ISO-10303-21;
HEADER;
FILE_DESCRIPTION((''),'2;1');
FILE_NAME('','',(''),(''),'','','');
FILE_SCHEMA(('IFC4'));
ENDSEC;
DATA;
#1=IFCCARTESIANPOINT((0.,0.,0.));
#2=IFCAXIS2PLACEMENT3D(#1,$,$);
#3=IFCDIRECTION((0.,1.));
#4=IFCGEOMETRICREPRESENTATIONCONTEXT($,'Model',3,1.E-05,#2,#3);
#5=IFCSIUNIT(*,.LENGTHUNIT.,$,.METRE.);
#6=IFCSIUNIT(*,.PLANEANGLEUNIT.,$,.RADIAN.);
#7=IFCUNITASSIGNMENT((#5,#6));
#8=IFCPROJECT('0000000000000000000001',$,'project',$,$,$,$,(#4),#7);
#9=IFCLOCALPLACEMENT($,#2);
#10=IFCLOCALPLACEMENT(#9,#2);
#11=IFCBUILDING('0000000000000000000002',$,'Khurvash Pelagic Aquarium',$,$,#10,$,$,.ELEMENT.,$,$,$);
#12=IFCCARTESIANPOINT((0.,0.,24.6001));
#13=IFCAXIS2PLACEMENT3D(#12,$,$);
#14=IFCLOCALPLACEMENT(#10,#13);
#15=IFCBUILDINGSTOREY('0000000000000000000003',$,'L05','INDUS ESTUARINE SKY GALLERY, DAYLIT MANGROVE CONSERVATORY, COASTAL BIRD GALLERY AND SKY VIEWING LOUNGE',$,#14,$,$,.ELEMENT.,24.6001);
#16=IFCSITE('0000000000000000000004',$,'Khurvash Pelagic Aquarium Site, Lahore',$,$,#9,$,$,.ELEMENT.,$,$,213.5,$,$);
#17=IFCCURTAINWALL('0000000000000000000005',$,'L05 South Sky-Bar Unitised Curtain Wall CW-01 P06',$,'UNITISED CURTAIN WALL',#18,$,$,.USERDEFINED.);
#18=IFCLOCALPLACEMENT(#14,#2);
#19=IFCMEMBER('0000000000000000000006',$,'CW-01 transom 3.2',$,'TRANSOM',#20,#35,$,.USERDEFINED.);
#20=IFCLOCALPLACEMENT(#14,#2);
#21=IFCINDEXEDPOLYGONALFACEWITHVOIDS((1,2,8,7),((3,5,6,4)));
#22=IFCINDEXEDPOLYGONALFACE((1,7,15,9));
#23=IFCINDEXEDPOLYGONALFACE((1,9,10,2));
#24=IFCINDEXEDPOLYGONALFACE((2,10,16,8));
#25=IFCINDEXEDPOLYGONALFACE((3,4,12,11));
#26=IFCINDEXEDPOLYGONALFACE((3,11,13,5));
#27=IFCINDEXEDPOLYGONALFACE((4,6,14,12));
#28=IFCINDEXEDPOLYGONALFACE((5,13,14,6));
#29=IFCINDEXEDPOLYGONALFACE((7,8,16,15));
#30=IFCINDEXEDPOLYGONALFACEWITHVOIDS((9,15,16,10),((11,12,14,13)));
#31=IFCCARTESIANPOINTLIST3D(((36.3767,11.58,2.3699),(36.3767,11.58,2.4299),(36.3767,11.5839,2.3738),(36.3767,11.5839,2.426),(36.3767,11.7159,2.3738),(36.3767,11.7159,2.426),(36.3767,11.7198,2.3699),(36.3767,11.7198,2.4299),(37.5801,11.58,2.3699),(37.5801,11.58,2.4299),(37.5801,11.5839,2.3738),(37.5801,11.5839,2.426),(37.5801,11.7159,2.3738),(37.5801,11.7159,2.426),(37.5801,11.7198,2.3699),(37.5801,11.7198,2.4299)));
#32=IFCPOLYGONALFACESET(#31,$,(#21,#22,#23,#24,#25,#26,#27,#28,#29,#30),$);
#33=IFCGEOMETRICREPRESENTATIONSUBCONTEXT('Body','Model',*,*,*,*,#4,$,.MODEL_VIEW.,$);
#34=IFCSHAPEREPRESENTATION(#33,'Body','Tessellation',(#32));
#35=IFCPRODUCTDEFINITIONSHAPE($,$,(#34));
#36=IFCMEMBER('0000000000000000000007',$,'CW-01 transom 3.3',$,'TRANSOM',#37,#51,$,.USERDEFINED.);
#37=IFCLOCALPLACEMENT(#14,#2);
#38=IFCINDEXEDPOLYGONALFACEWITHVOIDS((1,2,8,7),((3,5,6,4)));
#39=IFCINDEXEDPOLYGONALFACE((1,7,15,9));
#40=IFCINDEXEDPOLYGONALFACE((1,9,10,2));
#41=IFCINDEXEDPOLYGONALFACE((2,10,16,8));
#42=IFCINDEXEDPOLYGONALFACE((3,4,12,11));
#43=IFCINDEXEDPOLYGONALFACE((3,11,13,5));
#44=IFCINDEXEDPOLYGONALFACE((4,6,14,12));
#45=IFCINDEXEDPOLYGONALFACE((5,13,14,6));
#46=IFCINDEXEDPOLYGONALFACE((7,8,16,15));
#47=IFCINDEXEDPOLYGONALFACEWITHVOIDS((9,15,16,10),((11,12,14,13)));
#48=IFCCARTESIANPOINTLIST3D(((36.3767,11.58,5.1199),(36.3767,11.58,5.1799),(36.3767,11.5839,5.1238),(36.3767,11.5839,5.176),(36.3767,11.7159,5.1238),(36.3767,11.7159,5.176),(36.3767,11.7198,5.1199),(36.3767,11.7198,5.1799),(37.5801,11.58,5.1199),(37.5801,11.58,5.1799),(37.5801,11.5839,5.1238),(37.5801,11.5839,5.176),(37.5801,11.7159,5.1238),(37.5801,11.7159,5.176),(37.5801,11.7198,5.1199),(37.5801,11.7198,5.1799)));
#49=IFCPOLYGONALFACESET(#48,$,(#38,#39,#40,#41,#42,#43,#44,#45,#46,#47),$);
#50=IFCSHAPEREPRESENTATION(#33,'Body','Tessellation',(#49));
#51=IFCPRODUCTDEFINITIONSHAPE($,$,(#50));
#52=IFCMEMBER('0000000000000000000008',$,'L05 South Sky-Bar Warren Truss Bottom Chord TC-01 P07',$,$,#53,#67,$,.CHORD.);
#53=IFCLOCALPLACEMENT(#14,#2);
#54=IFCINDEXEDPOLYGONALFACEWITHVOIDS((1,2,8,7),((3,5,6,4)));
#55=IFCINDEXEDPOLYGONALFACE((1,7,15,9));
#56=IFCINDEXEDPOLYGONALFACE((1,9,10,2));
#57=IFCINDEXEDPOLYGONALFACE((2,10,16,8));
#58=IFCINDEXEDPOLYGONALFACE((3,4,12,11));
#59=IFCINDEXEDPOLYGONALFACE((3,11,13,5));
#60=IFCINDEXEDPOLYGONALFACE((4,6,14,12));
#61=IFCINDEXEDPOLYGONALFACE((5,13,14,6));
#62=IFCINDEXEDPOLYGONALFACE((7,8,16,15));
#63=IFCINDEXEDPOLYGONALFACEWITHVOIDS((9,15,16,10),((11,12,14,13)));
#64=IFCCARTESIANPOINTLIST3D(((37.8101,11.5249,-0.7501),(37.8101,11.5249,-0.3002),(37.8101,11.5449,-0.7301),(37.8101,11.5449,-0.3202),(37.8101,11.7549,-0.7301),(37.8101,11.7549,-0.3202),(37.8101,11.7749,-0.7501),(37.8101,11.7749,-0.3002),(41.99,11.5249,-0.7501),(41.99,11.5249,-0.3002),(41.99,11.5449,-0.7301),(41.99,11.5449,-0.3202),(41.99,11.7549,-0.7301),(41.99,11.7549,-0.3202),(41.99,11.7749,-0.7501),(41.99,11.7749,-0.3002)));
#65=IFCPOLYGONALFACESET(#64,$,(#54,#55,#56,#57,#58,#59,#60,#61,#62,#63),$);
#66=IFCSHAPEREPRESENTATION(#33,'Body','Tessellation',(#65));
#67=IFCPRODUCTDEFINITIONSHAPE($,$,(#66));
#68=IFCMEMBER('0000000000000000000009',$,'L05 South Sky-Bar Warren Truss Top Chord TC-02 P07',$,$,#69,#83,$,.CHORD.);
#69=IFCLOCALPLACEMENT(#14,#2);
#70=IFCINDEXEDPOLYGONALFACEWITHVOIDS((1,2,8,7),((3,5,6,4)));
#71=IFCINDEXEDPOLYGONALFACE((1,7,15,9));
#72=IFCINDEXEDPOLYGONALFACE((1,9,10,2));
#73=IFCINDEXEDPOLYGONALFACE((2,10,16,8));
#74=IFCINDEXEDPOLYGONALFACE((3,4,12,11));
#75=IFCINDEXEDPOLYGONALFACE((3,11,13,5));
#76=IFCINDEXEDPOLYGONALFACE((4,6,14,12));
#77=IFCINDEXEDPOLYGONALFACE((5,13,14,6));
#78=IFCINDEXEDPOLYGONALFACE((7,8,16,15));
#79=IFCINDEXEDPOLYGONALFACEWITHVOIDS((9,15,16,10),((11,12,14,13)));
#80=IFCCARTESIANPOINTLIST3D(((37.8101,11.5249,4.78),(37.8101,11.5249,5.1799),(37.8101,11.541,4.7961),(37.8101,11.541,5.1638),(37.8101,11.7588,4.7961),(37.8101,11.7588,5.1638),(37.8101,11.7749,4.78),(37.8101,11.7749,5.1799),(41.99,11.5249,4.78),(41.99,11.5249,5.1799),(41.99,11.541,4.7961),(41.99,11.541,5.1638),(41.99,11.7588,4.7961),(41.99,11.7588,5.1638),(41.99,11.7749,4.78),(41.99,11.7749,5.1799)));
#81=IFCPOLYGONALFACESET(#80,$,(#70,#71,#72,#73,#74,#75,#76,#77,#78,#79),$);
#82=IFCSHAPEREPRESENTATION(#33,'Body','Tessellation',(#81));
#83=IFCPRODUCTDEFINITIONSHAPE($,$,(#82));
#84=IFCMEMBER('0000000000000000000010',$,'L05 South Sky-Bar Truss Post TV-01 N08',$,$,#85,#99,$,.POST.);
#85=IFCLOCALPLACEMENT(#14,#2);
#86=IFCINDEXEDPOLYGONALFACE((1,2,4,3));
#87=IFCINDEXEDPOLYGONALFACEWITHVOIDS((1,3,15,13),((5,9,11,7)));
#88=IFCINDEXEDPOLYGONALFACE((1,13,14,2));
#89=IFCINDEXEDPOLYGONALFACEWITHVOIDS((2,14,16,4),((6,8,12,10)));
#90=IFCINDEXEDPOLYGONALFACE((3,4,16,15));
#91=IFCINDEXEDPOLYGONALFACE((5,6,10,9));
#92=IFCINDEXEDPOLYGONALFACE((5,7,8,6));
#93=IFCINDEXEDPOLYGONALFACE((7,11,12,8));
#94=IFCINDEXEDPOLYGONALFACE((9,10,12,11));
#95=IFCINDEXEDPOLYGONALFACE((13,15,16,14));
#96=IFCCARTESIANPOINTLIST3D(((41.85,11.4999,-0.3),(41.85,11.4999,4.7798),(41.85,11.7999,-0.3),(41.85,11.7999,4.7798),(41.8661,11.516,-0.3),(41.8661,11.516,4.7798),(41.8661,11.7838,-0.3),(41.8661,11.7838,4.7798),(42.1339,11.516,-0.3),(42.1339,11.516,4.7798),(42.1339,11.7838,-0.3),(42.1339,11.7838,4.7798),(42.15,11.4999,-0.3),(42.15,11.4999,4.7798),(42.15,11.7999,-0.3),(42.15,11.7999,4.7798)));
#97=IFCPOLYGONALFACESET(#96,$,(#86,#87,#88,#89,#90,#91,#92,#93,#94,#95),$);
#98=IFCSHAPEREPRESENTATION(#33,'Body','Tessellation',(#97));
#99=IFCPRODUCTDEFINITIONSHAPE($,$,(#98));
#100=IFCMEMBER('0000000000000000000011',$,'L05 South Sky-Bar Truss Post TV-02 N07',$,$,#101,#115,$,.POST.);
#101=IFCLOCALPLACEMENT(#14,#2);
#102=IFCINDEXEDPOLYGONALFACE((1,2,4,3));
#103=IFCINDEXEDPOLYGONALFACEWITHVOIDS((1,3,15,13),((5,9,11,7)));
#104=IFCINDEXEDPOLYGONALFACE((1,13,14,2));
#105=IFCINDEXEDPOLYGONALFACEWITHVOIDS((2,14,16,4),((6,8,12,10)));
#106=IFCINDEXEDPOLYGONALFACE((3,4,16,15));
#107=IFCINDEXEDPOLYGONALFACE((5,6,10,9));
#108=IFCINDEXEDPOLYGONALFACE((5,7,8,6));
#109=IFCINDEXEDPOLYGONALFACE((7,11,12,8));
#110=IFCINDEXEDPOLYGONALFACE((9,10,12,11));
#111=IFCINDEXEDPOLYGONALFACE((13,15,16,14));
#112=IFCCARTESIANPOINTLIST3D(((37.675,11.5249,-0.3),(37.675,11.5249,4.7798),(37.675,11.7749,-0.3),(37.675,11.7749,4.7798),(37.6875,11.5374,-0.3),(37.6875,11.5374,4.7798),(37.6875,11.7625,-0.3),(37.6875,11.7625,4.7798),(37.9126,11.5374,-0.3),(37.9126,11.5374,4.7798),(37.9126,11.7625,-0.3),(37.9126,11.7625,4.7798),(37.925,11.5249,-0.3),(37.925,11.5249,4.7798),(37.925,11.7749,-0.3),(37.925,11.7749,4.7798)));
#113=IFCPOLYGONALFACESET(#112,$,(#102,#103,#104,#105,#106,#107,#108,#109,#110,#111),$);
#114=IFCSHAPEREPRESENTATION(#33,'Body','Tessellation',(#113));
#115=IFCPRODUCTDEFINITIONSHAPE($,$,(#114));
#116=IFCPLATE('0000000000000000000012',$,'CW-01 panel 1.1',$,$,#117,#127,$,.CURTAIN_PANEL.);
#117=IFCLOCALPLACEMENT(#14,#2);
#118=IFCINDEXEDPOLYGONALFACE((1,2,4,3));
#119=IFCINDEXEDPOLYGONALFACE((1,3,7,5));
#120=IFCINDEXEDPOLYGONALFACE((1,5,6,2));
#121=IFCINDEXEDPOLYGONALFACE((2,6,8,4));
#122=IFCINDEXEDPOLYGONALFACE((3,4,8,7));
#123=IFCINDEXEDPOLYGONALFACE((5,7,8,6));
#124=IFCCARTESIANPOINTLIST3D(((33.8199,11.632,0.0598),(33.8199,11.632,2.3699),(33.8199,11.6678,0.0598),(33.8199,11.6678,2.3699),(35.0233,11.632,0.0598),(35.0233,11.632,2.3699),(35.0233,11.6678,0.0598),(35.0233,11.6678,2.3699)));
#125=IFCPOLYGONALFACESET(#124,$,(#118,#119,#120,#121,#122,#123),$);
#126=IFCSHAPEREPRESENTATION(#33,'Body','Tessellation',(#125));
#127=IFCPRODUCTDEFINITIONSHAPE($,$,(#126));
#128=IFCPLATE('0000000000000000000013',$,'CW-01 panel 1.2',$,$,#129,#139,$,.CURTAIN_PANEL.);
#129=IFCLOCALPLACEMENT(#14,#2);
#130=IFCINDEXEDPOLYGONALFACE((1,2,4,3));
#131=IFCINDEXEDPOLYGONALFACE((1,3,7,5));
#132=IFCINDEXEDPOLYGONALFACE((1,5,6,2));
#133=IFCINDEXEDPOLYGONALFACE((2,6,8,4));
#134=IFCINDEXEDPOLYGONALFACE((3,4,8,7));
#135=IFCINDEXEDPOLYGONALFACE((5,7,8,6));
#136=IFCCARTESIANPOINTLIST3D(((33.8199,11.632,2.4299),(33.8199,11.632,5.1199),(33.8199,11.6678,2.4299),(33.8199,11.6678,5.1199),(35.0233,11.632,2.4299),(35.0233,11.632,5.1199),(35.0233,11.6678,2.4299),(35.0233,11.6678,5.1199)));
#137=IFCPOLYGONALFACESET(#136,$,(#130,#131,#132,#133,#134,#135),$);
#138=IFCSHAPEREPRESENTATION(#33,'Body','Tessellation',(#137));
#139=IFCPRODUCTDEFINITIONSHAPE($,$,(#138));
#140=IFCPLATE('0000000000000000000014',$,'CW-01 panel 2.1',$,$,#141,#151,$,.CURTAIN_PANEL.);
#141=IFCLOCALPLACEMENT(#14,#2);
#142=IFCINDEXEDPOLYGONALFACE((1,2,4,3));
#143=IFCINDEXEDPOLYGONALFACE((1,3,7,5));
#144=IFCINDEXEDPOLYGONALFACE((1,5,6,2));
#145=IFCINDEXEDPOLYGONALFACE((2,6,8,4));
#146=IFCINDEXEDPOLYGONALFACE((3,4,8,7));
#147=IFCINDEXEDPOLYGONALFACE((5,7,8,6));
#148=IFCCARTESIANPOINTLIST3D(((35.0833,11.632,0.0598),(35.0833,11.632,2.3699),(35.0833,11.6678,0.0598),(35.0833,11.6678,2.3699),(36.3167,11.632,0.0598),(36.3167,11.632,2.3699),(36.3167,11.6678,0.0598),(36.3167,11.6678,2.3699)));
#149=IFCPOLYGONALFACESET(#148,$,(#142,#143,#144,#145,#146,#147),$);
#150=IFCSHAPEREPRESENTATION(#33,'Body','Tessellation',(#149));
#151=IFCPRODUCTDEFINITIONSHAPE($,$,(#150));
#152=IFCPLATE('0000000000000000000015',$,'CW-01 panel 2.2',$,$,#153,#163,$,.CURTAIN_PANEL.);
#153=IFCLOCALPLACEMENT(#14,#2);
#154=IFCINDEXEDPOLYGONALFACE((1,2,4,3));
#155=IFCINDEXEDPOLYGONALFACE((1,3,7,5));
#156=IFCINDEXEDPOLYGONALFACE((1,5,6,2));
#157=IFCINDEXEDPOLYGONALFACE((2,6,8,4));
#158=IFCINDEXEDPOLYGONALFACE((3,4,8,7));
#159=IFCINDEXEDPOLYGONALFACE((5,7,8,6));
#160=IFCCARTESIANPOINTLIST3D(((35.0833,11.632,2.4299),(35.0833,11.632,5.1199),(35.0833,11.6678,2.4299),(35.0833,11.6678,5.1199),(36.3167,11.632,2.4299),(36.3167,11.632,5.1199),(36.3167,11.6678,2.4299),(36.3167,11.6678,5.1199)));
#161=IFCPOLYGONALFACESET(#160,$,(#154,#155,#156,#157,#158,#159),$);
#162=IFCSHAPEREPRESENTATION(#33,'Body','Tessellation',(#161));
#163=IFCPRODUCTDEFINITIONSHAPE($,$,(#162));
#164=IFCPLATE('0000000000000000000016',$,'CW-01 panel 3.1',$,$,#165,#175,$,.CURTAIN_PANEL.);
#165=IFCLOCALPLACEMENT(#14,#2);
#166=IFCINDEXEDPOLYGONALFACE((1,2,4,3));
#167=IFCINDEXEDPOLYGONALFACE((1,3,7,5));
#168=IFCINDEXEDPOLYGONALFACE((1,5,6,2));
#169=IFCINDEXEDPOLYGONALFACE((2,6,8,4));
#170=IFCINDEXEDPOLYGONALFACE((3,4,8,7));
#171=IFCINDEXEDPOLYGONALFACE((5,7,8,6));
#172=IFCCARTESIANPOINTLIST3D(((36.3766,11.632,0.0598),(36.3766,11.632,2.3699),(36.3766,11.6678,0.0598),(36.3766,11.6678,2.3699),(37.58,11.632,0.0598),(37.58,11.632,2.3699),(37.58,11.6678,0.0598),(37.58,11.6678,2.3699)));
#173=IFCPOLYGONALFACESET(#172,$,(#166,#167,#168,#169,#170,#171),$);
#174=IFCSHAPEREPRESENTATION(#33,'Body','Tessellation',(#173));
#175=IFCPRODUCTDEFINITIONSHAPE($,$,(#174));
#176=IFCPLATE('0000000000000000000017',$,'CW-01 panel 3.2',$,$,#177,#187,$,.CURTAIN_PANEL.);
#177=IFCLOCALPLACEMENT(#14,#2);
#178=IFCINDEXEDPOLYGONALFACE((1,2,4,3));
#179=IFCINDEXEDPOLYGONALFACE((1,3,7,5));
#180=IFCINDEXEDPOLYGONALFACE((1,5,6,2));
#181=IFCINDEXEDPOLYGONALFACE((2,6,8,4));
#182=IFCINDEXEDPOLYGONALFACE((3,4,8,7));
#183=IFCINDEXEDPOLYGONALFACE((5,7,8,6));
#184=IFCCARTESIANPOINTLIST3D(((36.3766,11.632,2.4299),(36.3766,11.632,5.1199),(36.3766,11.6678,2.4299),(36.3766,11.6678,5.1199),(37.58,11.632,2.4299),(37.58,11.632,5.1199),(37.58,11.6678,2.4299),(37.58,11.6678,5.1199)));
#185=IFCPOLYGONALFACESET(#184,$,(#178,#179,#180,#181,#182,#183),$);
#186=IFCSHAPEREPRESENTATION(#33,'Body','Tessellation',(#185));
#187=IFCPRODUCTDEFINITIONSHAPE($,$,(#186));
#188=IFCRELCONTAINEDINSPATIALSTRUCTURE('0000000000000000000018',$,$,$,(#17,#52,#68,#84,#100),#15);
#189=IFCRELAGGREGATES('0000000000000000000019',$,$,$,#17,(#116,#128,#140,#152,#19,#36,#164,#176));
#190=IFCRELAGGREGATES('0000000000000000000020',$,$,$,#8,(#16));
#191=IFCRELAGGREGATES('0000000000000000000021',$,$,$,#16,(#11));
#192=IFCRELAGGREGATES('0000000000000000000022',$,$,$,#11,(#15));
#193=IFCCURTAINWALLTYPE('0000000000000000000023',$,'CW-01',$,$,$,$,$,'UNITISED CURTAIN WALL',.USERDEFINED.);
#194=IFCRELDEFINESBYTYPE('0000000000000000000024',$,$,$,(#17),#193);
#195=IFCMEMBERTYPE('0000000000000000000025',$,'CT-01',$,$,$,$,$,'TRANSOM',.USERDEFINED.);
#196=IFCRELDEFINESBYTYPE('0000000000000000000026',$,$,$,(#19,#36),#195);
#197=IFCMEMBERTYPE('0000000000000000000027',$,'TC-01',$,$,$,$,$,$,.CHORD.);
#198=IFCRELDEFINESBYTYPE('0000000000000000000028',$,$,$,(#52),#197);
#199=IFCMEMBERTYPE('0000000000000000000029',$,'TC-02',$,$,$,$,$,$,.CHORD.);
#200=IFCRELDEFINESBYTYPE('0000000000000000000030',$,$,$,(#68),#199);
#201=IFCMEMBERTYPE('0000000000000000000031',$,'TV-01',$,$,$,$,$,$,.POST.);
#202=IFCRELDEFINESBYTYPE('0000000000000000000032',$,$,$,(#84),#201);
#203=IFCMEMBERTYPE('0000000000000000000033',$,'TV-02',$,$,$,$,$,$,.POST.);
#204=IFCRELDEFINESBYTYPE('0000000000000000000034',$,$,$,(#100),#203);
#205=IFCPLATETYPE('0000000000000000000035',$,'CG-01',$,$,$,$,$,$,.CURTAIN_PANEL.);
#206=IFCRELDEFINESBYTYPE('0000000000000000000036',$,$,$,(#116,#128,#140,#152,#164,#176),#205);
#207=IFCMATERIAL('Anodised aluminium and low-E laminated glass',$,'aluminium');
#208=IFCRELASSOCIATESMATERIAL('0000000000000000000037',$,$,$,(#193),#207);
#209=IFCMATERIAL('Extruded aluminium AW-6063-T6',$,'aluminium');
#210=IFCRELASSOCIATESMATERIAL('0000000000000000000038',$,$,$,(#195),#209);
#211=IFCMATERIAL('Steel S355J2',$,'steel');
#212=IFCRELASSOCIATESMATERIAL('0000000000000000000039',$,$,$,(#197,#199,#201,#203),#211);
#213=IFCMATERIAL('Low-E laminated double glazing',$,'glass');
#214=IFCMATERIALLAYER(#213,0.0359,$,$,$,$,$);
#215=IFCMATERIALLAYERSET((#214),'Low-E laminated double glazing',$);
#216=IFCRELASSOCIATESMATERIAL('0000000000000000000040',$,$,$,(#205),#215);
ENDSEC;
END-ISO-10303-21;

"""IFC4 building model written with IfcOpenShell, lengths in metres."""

from ifc_helpers import new_model, si_unit, direction, frame, origin, origin_2d, place, context, subcontext, project, spatial, rectangle, hollow_rectangle, extrude, material, layer, layer_set, material_profile, profile_set, type_object, element, aggregate, save


model = new_model("IFC4")

# Units and contexts
model_context = context("Model", 3, precision=1e-05, world=origin(), true_north=direction((0.0, 1.0)))
body_context = subcontext(model_context, "Body", "Model", "MODEL_VIEW")
ifc_project = project(units=[si_unit("LENGTHUNIT", "METRE"), si_unit("PLANEANGLEUNIT", "RADIAN")], contexts=[model_context])

# Site, building, storey
site_placement = place(None, origin())
site = spatial("IfcSite", under=ifc_project, at=site_placement, Name="Khurvash Pelagic Aquarium Site, Lahore", CompositionType="ELEMENT", RefElevation=213.5)
building_placement = place(site_placement, origin())
building = spatial("IfcBuilding", under=site, at=building_placement, Name="Khurvash Pelagic Aquarium", CompositionType="ELEMENT")
storey_placement = place(building_placement, frame((0.0, 0.0, 24.6001)))
storey = spatial("IfcBuildingStorey", under=building, at=storey_placement, Name="L05", Description="INDUS ESTUARINE SKY GALLERY, DAYLIT MANGROVE CONSERVATORY, COASTAL BIRD GALLERY AND SKY VIEWING LOUNGE", CompositionType="ELEMENT", Elevation=24.6001)

# Curtain wall, members
ifc_material_1 = material(Name="Anodised aluminium and low-E laminated glass", Category="aluminium")
curtain_wall_type = type_object("IfcCurtainWallType", Name="CW-01", ElementType="UNITISED CURTAIN WALL", PredefinedType="USERDEFINED", material=ifc_material_1)
curtain_wall_placement = place(storey_placement, origin())
curtain_wall = element("IfcCurtainWall", 1, at=curtain_wall_placement, inside=storey, type_object=curtain_wall_type, Name="L05 South Sky-Bar Unitised Curtain Wall CW-01 P06", ObjectType="UNITISED CURTAIN WALL", PredefinedType="USERDEFINED")
ifc_material_2 = material(Name="Extruded aluminium AW-6063-T6", Category="aluminium")
ifc_material_profile_1 = material_profile(ifc_material_2, hollow_rectangle(XDim=0.1399, YDim=0.0601, WallThickness=0.0039, at=origin_2d()), Name="CWT140X60X4")
ifc_profile_set_1 = profile_set([ifc_material_profile_1], Name="Extruded aluminium AW-6063-T6")
member_type_1 = type_object("IfcMemberType", Name="CT-01", ElementType="TRANSOM", PredefinedType="USERDEFINED", material=ifc_profile_set_1)
member_1_placement = place(storey_placement, frame((36.3767, 11.6499, 2.3999), z_axis=(1.0, 0.0, 0.0), x_axis=(0.0, 1.0, 0.0)))
member_1 = element("IfcMember", 2, at=member_1_placement, type_object=member_type_1, Name="CW-01 transom 3.2", ObjectType="TRANSOM", PredefinedType="USERDEFINED", context=body_context, shape_type="SweptSolid", body=[
    extrude(hollow_rectangle(XDim=0.1399, YDim=0.0601, WallThickness=0.0039, at=origin_2d()), origin(), (0.0, 0.0, 1.0), 1.2034),
])
member_2_placement = place(storey_placement, frame((36.3767, 11.6499, 5.1499), z_axis=(1.0, 0.0, 0.0), x_axis=(0.0, 1.0, 0.0)))
member_2 = element("IfcMember", 3, at=member_2_placement, type_object=member_type_1, Name="CW-01 transom 3.3", ObjectType="TRANSOM", PredefinedType="USERDEFINED", context=body_context, shape_type="SweptSolid", body=[
    extrude(hollow_rectangle(XDim=0.1399, YDim=0.0601, WallThickness=0.0039, at=origin_2d()), origin(), (0.0, 0.0, 1.0), 1.2034),
])

# Members
ifc_material_3 = material(Name="Steel S355J2", Category="steel")
ifc_material_profile_2 = material_profile(ifc_material_3, hollow_rectangle(XDim=0.25, YDim=0.45, WallThickness=0.02, at=origin_2d()), Name="RHS450X250X20")
ifc_profile_set_2 = profile_set([ifc_material_profile_2], Name="Steel S355J2")
member_type_2 = type_object("IfcMemberType", Name="TC-01", PredefinedType="CHORD", material=ifc_profile_set_2)
member_3_placement = place(storey_placement, frame((37.8101, 11.6499, -0.5251), z_axis=(1.0, 0.0, 0.0), x_axis=(0.0, 1.0, 0.0)))
element("IfcMember", 4, at=member_3_placement, inside=storey, type_object=member_type_2, Name="L05 South Sky-Bar Warren Truss Bottom Chord TC-01 P07", PredefinedType="CHORD", context=body_context, shape_type="SweptSolid", body=[
    extrude(hollow_rectangle(XDim=0.25, YDim=0.45, WallThickness=0.02, at=origin_2d()), origin(), (0.0, 0.0, 1.0), 4.1799),
])
ifc_material_profile_3 = material_profile(ifc_material_3, hollow_rectangle(XDim=0.25, YDim=0.3999, WallThickness=0.0161, at=origin_2d()), Name="RHS400X250X16")
ifc_profile_set_3 = profile_set([ifc_material_profile_3], Name="Steel S355J2")
member_type_3 = type_object("IfcMemberType", Name="TC-02", PredefinedType="CHORD", material=ifc_profile_set_3)
member_4_placement = place(storey_placement, frame((37.8101, 11.6499, 4.98), z_axis=(1.0, 0.0, 0.0), x_axis=(0.0, 1.0, 0.0)))
element("IfcMember", 5, at=member_4_placement, inside=storey, type_object=member_type_3, Name="L05 South Sky-Bar Warren Truss Top Chord TC-02 P07", PredefinedType="CHORD", context=body_context, shape_type="SweptSolid", body=[
    extrude(hollow_rectangle(XDim=0.25, YDim=0.3999, WallThickness=0.0161, at=origin_2d()), origin(), (0.0, 0.0, 1.0), 4.1799),
])
ifc_material_profile_4 = material_profile(ifc_material_3, hollow_rectangle(XDim=0.3, YDim=0.3, WallThickness=0.0161, at=origin_2d()), Name="SHS300X300X16")
ifc_profile_set_4 = profile_set([ifc_material_profile_4], Name="Steel S355J2")
member_type_4 = type_object("IfcMemberType", Name="TV-01", PredefinedType="POST", material=ifc_profile_set_4)
member_5_placement = place(storey_placement, frame((42.0, 11.6499, -0.3), z_axis=(0.0, 0.0, 1.0), x_axis=(1.0, 0.0, 0.0)))
element("IfcMember", 6, at=member_5_placement, inside=storey, type_object=member_type_4, Name="L05 South Sky-Bar Truss Post TV-01 N08", PredefinedType="POST", context=body_context, shape_type="SweptSolid", body=[
    extrude(hollow_rectangle(XDim=0.3, YDim=0.3, WallThickness=0.0161, at=origin_2d()), origin(), (0.0, 0.0, 1.0), 5.0798),
])
ifc_material_profile_5 = material_profile(ifc_material_3, hollow_rectangle(XDim=0.25, YDim=0.25, WallThickness=0.0125, at=origin_2d()), Name="SHS250X250X12")
ifc_profile_set_5 = profile_set([ifc_material_profile_5], Name="Steel S355J2")
member_type_5 = type_object("IfcMemberType", Name="TV-02", PredefinedType="POST", material=ifc_profile_set_5)
member_6_placement = place(storey_placement, frame((37.8, 11.6499, -0.3), z_axis=(0.0, 0.0, 1.0), x_axis=(1.0, 0.0, 0.0)))
element("IfcMember", 7, at=member_6_placement, inside=storey, type_object=member_type_5, Name="L05 South Sky-Bar Truss Post TV-02 N07", PredefinedType="POST", context=body_context, shape_type="SweptSolid", body=[
    extrude(hollow_rectangle(XDim=0.25, YDim=0.25, WallThickness=0.0125, at=origin_2d()), origin(), (0.0, 0.0, 1.0), 5.0798),
])

# Plates
ifc_material_4 = material(Name="Low-E laminated double glazing", Category="glass")
ifc_layer_1 = layer(ifc_material_4, 0.0359)
ifc_layer_set_1 = layer_set([ifc_layer_1], Name="Low-E laminated double glazing")
plate_type = type_object("IfcPlateType", Name="CG-01", PredefinedType="CURTAIN_PANEL", material=ifc_layer_set_1)
plate_1_placement = place(storey_placement, frame((34.4216, 11.6499, 0.0598), z_axis=(0.0, 0.0, 1.0), x_axis=(1.0, 0.0, 0.0)))
plate_1 = element("IfcPlate", 8, at=plate_1_placement, type_object=plate_type, Name="CW-01 panel 1.1", PredefinedType="CURTAIN_PANEL", context=body_context, shape_type="SweptSolid", body=[
    extrude(rectangle(XDim=1.2034, YDim=0.0359, at=origin_2d()), origin(), (0.0, 0.0, 1.0), 2.3101),
])
plate_2_placement = place(storey_placement, frame((34.4216, 11.6499, 2.4299), z_axis=(0.0, 0.0, 1.0), x_axis=(1.0, 0.0, 0.0)))
plate_2 = element("IfcPlate", 9, at=plate_2_placement, type_object=plate_type, Name="CW-01 panel 1.2", PredefinedType="CURTAIN_PANEL", context=body_context, shape_type="SweptSolid", body=[
    extrude(rectangle(XDim=1.2034, YDim=0.0359, at=origin_2d()), origin(), (0.0, 0.0, 1.0), 2.6899),
])
plate_3_placement = place(storey_placement, frame((35.7, 11.6499, 0.0598), z_axis=(0.0, 0.0, 1.0), x_axis=(1.0, 0.0, 0.0)))
plate_3 = element("IfcPlate", 10, at=plate_3_placement, type_object=plate_type, Name="CW-01 panel 2.1", PredefinedType="CURTAIN_PANEL", context=body_context, shape_type="SweptSolid", body=[
    extrude(rectangle(XDim=1.2334, YDim=0.0359, at=origin_2d()), origin(), (0.0, 0.0, 1.0), 2.3101),
])
plate_4_placement = place(storey_placement, frame((35.7, 11.6499, 2.4299), z_axis=(0.0, 0.0, 1.0), x_axis=(1.0, 0.0, 0.0)))
plate_4 = element("IfcPlate", 11, at=plate_4_placement, type_object=plate_type, Name="CW-01 panel 2.2", PredefinedType="CURTAIN_PANEL", context=body_context, shape_type="SweptSolid", body=[
    extrude(rectangle(XDim=1.2334, YDim=0.0359, at=origin_2d()), origin(), (0.0, 0.0, 1.0), 2.6899),
])
plate_5_placement = place(storey_placement, frame((36.9783, 11.6499, 0.0598), z_axis=(0.0, 0.0, 1.0), x_axis=(1.0, 0.0, 0.0)))
plate_5 = element("IfcPlate", 12, at=plate_5_placement, type_object=plate_type, Name="CW-01 panel 3.1", PredefinedType="CURTAIN_PANEL", context=body_context, shape_type="SweptSolid", body=[
    extrude(rectangle(XDim=1.2034, YDim=0.0359, at=origin_2d()), origin(), (0.0, 0.0, 1.0), 2.3101),
])
plate_6_placement = place(storey_placement, frame((36.9783, 11.6499, 2.4299), z_axis=(0.0, 0.0, 1.0), x_axis=(1.0, 0.0, 0.0)))
plate_6 = element("IfcPlate", 13, at=plate_6_placement, type_object=plate_type, Name="CW-01 panel 3.2", PredefinedType="CURTAIN_PANEL", context=body_context, shape_type="SweptSolid", body=[
    extrude(rectangle(XDim=1.2034, YDim=0.0359, at=origin_2d()), origin(), (0.0, 0.0, 1.0), 2.6899),
])
aggregate(curtain_wall, [plate_1, plate_2, plate_3, plate_4, member_1, member_2, plate_5, plate_6])

save(model, "model.ifc")
